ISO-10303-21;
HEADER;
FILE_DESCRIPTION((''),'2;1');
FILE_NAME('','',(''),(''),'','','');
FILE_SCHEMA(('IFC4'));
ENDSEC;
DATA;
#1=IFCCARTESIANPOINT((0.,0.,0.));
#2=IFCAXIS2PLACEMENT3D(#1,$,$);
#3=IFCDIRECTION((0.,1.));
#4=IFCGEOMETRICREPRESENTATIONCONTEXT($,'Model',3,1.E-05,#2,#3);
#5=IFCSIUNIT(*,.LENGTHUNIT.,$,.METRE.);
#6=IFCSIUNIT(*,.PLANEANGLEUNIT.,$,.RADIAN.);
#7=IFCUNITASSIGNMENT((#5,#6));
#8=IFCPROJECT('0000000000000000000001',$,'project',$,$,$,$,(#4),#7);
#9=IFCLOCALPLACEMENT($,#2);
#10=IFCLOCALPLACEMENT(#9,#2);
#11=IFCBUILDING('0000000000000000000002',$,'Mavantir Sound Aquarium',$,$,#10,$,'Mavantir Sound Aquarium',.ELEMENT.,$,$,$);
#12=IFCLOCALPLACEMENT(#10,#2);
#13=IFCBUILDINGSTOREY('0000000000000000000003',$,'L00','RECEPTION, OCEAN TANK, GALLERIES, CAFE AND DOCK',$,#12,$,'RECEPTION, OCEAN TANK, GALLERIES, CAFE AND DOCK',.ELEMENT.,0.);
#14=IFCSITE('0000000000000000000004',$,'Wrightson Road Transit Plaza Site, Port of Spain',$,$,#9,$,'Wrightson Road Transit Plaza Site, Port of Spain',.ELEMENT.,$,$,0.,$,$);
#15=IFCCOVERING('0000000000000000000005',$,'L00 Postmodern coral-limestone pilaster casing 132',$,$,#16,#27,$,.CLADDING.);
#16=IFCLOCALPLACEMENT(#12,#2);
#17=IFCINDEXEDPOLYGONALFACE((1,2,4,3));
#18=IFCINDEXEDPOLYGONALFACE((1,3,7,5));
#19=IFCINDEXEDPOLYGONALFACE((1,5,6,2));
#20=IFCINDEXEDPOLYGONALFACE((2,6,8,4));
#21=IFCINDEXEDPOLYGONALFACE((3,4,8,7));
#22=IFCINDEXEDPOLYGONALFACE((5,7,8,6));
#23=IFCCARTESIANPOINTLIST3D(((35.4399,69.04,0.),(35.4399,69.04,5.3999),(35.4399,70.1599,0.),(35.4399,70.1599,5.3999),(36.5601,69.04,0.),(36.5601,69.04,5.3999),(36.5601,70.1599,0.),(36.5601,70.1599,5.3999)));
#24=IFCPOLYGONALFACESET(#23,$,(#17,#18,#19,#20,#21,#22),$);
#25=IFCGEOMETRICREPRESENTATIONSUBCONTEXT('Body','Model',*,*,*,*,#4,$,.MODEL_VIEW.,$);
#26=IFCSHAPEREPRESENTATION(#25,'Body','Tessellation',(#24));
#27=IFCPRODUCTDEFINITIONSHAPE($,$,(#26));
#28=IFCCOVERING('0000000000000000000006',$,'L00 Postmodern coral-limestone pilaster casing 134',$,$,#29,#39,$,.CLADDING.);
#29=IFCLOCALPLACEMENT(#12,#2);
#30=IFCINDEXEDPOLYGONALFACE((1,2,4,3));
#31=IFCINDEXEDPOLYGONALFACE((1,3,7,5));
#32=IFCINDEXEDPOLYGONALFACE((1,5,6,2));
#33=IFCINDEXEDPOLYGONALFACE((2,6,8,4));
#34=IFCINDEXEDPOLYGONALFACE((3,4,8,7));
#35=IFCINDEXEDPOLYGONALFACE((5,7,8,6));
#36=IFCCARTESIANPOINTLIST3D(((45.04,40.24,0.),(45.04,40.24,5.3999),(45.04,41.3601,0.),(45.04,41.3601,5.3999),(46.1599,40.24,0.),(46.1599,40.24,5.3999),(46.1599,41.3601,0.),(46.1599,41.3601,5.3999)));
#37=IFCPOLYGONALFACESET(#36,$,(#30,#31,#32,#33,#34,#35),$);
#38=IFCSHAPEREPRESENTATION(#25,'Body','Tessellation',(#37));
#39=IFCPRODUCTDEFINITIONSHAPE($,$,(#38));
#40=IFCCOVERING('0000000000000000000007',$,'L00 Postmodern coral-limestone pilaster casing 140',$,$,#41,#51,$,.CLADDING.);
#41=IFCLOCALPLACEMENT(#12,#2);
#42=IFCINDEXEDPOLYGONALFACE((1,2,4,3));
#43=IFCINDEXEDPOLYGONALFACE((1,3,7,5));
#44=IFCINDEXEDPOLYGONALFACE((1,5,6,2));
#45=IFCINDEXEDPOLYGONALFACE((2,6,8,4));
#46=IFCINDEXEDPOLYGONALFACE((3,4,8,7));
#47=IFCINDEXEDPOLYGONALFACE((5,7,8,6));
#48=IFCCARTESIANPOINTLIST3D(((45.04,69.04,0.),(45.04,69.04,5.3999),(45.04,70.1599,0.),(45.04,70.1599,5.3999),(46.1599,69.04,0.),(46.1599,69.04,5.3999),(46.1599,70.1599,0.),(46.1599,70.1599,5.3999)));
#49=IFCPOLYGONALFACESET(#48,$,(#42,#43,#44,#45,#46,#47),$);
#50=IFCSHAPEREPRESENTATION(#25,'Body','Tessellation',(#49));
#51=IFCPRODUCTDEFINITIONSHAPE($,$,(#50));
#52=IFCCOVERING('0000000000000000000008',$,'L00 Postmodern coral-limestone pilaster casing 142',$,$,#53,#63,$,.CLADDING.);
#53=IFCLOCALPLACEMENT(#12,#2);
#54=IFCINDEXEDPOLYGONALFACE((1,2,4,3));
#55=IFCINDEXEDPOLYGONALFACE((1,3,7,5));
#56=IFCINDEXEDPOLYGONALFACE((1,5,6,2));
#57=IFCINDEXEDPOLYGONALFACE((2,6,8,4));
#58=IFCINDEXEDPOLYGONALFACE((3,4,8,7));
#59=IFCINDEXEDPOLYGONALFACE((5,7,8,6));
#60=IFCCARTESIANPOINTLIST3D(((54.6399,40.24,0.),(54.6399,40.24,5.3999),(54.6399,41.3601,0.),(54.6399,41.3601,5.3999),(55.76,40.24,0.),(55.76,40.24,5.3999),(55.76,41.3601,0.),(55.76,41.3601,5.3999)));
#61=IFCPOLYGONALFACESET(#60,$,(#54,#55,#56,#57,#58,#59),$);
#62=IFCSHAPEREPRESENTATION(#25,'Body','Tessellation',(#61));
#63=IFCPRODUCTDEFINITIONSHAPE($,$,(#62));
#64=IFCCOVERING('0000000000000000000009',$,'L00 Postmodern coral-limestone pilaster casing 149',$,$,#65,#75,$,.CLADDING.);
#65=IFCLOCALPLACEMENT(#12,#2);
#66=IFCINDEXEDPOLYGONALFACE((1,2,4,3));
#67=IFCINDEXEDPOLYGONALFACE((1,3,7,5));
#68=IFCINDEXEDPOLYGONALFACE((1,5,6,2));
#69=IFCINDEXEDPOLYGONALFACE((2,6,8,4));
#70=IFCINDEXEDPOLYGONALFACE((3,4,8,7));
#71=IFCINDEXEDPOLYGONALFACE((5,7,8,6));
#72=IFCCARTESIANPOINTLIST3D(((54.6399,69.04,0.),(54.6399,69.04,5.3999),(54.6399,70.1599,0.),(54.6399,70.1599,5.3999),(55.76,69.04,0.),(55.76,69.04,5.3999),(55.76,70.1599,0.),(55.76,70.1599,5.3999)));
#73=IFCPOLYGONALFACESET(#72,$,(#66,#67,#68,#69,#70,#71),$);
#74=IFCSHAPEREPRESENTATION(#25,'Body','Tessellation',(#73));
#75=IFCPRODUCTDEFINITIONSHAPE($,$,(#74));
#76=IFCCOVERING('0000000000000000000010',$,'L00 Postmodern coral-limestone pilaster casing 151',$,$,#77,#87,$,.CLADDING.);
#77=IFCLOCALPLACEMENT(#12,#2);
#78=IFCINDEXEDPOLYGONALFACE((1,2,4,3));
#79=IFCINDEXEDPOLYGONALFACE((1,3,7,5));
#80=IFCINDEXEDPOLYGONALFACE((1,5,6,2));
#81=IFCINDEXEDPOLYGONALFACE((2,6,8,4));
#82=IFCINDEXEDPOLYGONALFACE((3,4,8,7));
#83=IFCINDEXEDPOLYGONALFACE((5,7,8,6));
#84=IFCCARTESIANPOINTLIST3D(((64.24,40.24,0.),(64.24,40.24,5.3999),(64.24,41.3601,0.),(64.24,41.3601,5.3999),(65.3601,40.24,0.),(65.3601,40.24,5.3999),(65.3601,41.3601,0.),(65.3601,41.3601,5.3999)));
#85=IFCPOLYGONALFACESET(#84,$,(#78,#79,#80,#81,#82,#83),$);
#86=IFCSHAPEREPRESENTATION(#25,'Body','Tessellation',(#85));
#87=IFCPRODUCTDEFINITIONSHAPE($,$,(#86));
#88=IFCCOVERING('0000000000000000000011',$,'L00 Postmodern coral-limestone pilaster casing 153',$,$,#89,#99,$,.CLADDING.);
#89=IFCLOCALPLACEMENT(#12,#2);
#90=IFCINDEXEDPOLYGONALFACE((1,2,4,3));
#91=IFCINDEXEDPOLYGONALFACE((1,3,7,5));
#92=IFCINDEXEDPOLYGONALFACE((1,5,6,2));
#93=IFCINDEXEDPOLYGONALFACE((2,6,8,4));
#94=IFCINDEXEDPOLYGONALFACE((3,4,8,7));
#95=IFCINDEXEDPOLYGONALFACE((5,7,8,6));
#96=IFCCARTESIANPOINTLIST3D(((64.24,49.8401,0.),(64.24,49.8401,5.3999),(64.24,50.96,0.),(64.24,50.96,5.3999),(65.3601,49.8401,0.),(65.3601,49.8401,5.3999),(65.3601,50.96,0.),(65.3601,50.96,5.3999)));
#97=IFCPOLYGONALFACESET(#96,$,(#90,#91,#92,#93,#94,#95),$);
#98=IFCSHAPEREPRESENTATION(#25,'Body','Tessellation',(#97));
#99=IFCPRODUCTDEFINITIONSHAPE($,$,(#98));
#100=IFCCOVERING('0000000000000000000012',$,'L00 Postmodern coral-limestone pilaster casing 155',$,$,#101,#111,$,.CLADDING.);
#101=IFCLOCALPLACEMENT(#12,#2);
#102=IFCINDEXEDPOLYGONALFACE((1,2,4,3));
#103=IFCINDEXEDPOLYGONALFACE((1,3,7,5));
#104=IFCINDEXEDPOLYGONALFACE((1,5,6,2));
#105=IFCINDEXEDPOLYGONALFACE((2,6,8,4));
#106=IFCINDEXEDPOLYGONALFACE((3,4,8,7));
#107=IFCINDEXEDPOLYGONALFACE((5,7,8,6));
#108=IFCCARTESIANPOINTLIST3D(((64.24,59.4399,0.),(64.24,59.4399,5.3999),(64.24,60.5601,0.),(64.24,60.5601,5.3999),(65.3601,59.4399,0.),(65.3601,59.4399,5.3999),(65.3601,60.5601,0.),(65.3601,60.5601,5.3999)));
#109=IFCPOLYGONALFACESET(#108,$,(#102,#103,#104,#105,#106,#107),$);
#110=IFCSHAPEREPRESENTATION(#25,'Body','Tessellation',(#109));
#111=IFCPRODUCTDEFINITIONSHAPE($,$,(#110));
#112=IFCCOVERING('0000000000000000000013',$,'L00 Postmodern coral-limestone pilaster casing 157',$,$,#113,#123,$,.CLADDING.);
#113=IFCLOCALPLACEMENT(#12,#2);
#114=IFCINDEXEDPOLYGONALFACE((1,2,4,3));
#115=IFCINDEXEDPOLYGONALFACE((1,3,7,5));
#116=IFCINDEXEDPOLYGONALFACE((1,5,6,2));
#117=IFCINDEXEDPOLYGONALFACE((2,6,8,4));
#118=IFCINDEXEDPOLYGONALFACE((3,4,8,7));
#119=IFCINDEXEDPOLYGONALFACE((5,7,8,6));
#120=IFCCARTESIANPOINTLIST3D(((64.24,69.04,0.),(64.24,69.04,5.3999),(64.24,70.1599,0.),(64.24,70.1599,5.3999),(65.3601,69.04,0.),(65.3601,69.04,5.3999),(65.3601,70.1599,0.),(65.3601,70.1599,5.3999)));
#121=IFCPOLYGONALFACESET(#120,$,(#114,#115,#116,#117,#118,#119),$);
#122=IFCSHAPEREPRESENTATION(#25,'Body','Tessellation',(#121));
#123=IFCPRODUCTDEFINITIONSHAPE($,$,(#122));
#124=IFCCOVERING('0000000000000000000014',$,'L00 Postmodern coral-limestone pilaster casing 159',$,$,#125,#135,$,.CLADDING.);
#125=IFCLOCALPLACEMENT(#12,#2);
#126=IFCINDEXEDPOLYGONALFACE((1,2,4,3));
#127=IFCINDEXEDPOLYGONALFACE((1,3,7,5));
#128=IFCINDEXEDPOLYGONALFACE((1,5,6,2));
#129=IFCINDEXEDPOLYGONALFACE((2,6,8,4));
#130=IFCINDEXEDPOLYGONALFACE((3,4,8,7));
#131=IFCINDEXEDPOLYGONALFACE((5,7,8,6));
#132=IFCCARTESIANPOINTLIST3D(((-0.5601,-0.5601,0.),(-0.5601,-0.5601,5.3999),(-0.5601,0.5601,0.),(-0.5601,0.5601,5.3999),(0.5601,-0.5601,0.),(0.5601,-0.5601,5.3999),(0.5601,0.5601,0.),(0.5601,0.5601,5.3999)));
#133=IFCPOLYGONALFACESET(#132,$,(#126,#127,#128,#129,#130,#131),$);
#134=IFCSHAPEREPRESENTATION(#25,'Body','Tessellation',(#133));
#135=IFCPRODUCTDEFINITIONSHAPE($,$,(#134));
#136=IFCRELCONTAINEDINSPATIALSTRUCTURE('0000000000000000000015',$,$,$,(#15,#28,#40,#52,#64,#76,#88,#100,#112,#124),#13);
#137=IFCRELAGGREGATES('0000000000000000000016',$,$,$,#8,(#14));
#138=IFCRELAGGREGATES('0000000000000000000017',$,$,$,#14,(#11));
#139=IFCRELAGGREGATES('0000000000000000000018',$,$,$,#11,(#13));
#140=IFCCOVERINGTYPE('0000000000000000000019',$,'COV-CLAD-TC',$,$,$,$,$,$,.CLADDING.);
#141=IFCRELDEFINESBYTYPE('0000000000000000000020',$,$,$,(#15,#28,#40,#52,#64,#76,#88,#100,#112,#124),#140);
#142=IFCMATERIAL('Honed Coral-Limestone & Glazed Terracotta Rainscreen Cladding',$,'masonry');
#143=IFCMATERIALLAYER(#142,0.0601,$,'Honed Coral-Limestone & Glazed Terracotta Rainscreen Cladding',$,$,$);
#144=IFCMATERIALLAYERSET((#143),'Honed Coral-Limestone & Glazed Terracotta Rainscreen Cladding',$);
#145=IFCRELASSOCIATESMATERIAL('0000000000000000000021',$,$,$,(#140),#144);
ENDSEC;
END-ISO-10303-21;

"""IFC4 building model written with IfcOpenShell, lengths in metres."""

from ifc_helpers import new_model, si_unit, direction, origin, place, context, subcontext, project, spatial, polyline, outline, extrude, material, layer, layer_set, type_object, element, save


model = new_model("IFC4")

# Units and contexts
model_context = context("Model", 3, precision=1e-05, world=origin(), true_north=direction((0.0, 1.0)))
body_context = subcontext(model_context, "Body", "Model", "MODEL_VIEW")
ifc_project = project(units=[si_unit("LENGTHUNIT", "METRE"), si_unit("PLANEANGLEUNIT", "RADIAN")], contexts=[model_context])

# Site, building, storey
site_placement = place(None, origin())
site = spatial("IfcSite", under=ifc_project, at=site_placement, Name="Wrightson Road Transit Plaza Site, Port of Spain", LongName="Wrightson Road Transit Plaza Site, Port of Spain", CompositionType="ELEMENT", RefElevation=0.0)
building_placement = place(site_placement, origin())
building = spatial("IfcBuilding", under=site, at=building_placement, Name="Mavantir Sound Aquarium", LongName="Mavantir Sound Aquarium", CompositionType="ELEMENT")
storey_placement = place(building_placement, origin())
storey = spatial("IfcBuildingStorey", under=building, at=storey_placement, Name="L00", Description="RECEPTION, OCEAN TANK, GALLERIES, CAFE AND DOCK", LongName="RECEPTION, OCEAN TANK, GALLERIES, CAFE AND DOCK", CompositionType="ELEMENT", Elevation=0.0)

# Coverings
ifc_material = material(Name="Honed Coral-Limestone & Glazed Terracotta Rainscreen Cladding", Category="masonry")
ifc_layer = layer(ifc_material, 0.0601, Name="Honed Coral-Limestone & Glazed Terracotta Rainscreen Cladding")
ifc_layer_set = layer_set([ifc_layer], Name="Honed Coral-Limestone & Glazed Terracotta Rainscreen Cladding")
covering_type = type_object("IfcCoveringType", Name="COV-CLAD-TC", PredefinedType="CLADDING", material=ifc_layer_set)
covering_1_placement = place(storey_placement, origin())
element("IfcCovering", 1, at=covering_1_placement, inside=storey, type_object=covering_type, Name="L00 Postmodern coral-limestone pilaster casing 132", PredefinedType="CLADDING", context=body_context, shape_type="SweptSolid", body=[
    extrude(outline(polyline([(35.4399, 69.04), (36.5601, 69.04), (36.5601, 70.1599), (35.4399, 70.1599), (35.4399, 69.04)])), origin(), (0.0, 0.0, 1.0), 5.3999),
])
covering_2_placement = place(storey_placement, origin())
element("IfcCovering", 2, at=covering_2_placement, inside=storey, type_object=covering_type, Name="L00 Postmodern coral-limestone pilaster casing 134", PredefinedType="CLADDING", context=body_context, shape_type="SweptSolid", body=[
    extrude(outline(polyline([(45.04, 40.24), (46.1599, 40.24), (46.1599, 41.3601), (45.04, 41.3601), (45.04, 40.24)])), origin(), (0.0, 0.0, 1.0), 5.3999),
])
covering_3_placement = place(storey_placement, origin())
element("IfcCovering", 3, at=covering_3_placement, inside=storey, type_object=covering_type, Name="L00 Postmodern coral-limestone pilaster casing 140", PredefinedType="CLADDING", context=body_context, shape_type="SweptSolid", body=[
    extrude(outline(polyline([(45.04, 69.04), (46.1599, 69.04), (46.1599, 70.1599), (45.04, 70.1599), (45.04, 69.04)])), origin(), (0.0, 0.0, 1.0), 5.3999),
])
covering_4_placement = place(storey_placement, origin())
element("IfcCovering", 4, at=covering_4_placement, inside=storey, type_object=covering_type, Name="L00 Postmodern coral-limestone pilaster casing 142", PredefinedType="CLADDING", context=body_context, shape_type="SweptSolid", body=[
    extrude(outline(polyline([(54.6399, 40.24), (55.76, 40.24), (55.76, 41.3601), (54.6399, 41.3601), (54.6399, 40.24)])), origin(), (0.0, 0.0, 1.0), 5.3999),
])
covering_5_placement = place(storey_placement, origin())
element("IfcCovering", 5, at=covering_5_placement, inside=storey, type_object=covering_type, Name="L00 Postmodern coral-limestone pilaster casing 149", PredefinedType="CLADDING", context=body_context, shape_type="SweptSolid", body=[
    extrude(outline(polyline([(54.6399, 69.04), (55.76, 69.04), (55.76, 70.1599), (54.6399, 70.1599), (54.6399, 69.04)])), origin(), (0.0, 0.0, 1.0), 5.3999),
])
covering_6_placement = place(storey_placement, origin())
element("IfcCovering", 6, at=covering_6_placement, inside=storey, type_object=covering_type, Name="L00 Postmodern coral-limestone pilaster casing 151", PredefinedType="CLADDING", context=body_context, shape_type="SweptSolid", body=[
    extrude(outline(polyline([(64.24, 40.24), (65.3601, 40.24), (65.3601, 41.3601), (64.24, 41.3601), (64.24, 40.24)])), origin(), (0.0, 0.0, 1.0), 5.3999),
])
covering_7_placement = place(storey_placement, origin())
element("IfcCovering", 7, at=covering_7_placement, inside=storey, type_object=covering_type, Name="L00 Postmodern coral-limestone pilaster casing 153", PredefinedType="CLADDING", context=body_context, shape_type="SweptSolid", body=[
    extrude(outline(polyline([(64.24, 49.8401), (65.3601, 49.8401), (65.3601, 50.96), (64.24, 50.96), (64.24, 49.8401)])), origin(), (0.0, 0.0, 1.0), 5.3999),
])
covering_8_placement = place(storey_placement, origin())
element("IfcCovering", 8, at=covering_8_placement, inside=storey, type_object=covering_type, Name="L00 Postmodern coral-limestone pilaster casing 155", PredefinedType="CLADDING", context=body_context, shape_type="SweptSolid", body=[
    extrude(outline(polyline([(64.24, 59.4399), (65.3601, 59.4399), (65.3601, 60.5601), (64.24, 60.5601), (64.24, 59.4399)])), origin(), (0.0, 0.0, 1.0), 5.3999),
])
covering_9_placement = place(storey_placement, origin())
element("IfcCovering", 9, at=covering_9_placement, inside=storey, type_object=covering_type, Name="L00 Postmodern coral-limestone pilaster casing 157", PredefinedType="CLADDING", context=body_context, shape_type="SweptSolid", body=[
    extrude(outline(polyline([(64.24, 69.04), (65.3601, 69.04), (65.3601, 70.1599), (64.24, 70.1599), (64.24, 69.04)])), origin(), (0.0, 0.0, 1.0), 5.3999),
])
covering_10_placement = place(storey_placement, origin())
element("IfcCovering", 10, at=covering_10_placement, inside=storey, type_object=covering_type, Name="L00 Postmodern coral-limestone pilaster casing 159", PredefinedType="CLADDING", context=body_context, shape_type="SweptSolid", body=[
    extrude(outline(polyline([(-0.5601, -0.5601), (0.5601, -0.5601), (0.5601, 0.5601), (-0.5601, 0.5601), (-0.5601, -0.5601)])), origin(), (0.0, 0.0, 1.0), 5.3999),
])

save(model, "model.ifc")
